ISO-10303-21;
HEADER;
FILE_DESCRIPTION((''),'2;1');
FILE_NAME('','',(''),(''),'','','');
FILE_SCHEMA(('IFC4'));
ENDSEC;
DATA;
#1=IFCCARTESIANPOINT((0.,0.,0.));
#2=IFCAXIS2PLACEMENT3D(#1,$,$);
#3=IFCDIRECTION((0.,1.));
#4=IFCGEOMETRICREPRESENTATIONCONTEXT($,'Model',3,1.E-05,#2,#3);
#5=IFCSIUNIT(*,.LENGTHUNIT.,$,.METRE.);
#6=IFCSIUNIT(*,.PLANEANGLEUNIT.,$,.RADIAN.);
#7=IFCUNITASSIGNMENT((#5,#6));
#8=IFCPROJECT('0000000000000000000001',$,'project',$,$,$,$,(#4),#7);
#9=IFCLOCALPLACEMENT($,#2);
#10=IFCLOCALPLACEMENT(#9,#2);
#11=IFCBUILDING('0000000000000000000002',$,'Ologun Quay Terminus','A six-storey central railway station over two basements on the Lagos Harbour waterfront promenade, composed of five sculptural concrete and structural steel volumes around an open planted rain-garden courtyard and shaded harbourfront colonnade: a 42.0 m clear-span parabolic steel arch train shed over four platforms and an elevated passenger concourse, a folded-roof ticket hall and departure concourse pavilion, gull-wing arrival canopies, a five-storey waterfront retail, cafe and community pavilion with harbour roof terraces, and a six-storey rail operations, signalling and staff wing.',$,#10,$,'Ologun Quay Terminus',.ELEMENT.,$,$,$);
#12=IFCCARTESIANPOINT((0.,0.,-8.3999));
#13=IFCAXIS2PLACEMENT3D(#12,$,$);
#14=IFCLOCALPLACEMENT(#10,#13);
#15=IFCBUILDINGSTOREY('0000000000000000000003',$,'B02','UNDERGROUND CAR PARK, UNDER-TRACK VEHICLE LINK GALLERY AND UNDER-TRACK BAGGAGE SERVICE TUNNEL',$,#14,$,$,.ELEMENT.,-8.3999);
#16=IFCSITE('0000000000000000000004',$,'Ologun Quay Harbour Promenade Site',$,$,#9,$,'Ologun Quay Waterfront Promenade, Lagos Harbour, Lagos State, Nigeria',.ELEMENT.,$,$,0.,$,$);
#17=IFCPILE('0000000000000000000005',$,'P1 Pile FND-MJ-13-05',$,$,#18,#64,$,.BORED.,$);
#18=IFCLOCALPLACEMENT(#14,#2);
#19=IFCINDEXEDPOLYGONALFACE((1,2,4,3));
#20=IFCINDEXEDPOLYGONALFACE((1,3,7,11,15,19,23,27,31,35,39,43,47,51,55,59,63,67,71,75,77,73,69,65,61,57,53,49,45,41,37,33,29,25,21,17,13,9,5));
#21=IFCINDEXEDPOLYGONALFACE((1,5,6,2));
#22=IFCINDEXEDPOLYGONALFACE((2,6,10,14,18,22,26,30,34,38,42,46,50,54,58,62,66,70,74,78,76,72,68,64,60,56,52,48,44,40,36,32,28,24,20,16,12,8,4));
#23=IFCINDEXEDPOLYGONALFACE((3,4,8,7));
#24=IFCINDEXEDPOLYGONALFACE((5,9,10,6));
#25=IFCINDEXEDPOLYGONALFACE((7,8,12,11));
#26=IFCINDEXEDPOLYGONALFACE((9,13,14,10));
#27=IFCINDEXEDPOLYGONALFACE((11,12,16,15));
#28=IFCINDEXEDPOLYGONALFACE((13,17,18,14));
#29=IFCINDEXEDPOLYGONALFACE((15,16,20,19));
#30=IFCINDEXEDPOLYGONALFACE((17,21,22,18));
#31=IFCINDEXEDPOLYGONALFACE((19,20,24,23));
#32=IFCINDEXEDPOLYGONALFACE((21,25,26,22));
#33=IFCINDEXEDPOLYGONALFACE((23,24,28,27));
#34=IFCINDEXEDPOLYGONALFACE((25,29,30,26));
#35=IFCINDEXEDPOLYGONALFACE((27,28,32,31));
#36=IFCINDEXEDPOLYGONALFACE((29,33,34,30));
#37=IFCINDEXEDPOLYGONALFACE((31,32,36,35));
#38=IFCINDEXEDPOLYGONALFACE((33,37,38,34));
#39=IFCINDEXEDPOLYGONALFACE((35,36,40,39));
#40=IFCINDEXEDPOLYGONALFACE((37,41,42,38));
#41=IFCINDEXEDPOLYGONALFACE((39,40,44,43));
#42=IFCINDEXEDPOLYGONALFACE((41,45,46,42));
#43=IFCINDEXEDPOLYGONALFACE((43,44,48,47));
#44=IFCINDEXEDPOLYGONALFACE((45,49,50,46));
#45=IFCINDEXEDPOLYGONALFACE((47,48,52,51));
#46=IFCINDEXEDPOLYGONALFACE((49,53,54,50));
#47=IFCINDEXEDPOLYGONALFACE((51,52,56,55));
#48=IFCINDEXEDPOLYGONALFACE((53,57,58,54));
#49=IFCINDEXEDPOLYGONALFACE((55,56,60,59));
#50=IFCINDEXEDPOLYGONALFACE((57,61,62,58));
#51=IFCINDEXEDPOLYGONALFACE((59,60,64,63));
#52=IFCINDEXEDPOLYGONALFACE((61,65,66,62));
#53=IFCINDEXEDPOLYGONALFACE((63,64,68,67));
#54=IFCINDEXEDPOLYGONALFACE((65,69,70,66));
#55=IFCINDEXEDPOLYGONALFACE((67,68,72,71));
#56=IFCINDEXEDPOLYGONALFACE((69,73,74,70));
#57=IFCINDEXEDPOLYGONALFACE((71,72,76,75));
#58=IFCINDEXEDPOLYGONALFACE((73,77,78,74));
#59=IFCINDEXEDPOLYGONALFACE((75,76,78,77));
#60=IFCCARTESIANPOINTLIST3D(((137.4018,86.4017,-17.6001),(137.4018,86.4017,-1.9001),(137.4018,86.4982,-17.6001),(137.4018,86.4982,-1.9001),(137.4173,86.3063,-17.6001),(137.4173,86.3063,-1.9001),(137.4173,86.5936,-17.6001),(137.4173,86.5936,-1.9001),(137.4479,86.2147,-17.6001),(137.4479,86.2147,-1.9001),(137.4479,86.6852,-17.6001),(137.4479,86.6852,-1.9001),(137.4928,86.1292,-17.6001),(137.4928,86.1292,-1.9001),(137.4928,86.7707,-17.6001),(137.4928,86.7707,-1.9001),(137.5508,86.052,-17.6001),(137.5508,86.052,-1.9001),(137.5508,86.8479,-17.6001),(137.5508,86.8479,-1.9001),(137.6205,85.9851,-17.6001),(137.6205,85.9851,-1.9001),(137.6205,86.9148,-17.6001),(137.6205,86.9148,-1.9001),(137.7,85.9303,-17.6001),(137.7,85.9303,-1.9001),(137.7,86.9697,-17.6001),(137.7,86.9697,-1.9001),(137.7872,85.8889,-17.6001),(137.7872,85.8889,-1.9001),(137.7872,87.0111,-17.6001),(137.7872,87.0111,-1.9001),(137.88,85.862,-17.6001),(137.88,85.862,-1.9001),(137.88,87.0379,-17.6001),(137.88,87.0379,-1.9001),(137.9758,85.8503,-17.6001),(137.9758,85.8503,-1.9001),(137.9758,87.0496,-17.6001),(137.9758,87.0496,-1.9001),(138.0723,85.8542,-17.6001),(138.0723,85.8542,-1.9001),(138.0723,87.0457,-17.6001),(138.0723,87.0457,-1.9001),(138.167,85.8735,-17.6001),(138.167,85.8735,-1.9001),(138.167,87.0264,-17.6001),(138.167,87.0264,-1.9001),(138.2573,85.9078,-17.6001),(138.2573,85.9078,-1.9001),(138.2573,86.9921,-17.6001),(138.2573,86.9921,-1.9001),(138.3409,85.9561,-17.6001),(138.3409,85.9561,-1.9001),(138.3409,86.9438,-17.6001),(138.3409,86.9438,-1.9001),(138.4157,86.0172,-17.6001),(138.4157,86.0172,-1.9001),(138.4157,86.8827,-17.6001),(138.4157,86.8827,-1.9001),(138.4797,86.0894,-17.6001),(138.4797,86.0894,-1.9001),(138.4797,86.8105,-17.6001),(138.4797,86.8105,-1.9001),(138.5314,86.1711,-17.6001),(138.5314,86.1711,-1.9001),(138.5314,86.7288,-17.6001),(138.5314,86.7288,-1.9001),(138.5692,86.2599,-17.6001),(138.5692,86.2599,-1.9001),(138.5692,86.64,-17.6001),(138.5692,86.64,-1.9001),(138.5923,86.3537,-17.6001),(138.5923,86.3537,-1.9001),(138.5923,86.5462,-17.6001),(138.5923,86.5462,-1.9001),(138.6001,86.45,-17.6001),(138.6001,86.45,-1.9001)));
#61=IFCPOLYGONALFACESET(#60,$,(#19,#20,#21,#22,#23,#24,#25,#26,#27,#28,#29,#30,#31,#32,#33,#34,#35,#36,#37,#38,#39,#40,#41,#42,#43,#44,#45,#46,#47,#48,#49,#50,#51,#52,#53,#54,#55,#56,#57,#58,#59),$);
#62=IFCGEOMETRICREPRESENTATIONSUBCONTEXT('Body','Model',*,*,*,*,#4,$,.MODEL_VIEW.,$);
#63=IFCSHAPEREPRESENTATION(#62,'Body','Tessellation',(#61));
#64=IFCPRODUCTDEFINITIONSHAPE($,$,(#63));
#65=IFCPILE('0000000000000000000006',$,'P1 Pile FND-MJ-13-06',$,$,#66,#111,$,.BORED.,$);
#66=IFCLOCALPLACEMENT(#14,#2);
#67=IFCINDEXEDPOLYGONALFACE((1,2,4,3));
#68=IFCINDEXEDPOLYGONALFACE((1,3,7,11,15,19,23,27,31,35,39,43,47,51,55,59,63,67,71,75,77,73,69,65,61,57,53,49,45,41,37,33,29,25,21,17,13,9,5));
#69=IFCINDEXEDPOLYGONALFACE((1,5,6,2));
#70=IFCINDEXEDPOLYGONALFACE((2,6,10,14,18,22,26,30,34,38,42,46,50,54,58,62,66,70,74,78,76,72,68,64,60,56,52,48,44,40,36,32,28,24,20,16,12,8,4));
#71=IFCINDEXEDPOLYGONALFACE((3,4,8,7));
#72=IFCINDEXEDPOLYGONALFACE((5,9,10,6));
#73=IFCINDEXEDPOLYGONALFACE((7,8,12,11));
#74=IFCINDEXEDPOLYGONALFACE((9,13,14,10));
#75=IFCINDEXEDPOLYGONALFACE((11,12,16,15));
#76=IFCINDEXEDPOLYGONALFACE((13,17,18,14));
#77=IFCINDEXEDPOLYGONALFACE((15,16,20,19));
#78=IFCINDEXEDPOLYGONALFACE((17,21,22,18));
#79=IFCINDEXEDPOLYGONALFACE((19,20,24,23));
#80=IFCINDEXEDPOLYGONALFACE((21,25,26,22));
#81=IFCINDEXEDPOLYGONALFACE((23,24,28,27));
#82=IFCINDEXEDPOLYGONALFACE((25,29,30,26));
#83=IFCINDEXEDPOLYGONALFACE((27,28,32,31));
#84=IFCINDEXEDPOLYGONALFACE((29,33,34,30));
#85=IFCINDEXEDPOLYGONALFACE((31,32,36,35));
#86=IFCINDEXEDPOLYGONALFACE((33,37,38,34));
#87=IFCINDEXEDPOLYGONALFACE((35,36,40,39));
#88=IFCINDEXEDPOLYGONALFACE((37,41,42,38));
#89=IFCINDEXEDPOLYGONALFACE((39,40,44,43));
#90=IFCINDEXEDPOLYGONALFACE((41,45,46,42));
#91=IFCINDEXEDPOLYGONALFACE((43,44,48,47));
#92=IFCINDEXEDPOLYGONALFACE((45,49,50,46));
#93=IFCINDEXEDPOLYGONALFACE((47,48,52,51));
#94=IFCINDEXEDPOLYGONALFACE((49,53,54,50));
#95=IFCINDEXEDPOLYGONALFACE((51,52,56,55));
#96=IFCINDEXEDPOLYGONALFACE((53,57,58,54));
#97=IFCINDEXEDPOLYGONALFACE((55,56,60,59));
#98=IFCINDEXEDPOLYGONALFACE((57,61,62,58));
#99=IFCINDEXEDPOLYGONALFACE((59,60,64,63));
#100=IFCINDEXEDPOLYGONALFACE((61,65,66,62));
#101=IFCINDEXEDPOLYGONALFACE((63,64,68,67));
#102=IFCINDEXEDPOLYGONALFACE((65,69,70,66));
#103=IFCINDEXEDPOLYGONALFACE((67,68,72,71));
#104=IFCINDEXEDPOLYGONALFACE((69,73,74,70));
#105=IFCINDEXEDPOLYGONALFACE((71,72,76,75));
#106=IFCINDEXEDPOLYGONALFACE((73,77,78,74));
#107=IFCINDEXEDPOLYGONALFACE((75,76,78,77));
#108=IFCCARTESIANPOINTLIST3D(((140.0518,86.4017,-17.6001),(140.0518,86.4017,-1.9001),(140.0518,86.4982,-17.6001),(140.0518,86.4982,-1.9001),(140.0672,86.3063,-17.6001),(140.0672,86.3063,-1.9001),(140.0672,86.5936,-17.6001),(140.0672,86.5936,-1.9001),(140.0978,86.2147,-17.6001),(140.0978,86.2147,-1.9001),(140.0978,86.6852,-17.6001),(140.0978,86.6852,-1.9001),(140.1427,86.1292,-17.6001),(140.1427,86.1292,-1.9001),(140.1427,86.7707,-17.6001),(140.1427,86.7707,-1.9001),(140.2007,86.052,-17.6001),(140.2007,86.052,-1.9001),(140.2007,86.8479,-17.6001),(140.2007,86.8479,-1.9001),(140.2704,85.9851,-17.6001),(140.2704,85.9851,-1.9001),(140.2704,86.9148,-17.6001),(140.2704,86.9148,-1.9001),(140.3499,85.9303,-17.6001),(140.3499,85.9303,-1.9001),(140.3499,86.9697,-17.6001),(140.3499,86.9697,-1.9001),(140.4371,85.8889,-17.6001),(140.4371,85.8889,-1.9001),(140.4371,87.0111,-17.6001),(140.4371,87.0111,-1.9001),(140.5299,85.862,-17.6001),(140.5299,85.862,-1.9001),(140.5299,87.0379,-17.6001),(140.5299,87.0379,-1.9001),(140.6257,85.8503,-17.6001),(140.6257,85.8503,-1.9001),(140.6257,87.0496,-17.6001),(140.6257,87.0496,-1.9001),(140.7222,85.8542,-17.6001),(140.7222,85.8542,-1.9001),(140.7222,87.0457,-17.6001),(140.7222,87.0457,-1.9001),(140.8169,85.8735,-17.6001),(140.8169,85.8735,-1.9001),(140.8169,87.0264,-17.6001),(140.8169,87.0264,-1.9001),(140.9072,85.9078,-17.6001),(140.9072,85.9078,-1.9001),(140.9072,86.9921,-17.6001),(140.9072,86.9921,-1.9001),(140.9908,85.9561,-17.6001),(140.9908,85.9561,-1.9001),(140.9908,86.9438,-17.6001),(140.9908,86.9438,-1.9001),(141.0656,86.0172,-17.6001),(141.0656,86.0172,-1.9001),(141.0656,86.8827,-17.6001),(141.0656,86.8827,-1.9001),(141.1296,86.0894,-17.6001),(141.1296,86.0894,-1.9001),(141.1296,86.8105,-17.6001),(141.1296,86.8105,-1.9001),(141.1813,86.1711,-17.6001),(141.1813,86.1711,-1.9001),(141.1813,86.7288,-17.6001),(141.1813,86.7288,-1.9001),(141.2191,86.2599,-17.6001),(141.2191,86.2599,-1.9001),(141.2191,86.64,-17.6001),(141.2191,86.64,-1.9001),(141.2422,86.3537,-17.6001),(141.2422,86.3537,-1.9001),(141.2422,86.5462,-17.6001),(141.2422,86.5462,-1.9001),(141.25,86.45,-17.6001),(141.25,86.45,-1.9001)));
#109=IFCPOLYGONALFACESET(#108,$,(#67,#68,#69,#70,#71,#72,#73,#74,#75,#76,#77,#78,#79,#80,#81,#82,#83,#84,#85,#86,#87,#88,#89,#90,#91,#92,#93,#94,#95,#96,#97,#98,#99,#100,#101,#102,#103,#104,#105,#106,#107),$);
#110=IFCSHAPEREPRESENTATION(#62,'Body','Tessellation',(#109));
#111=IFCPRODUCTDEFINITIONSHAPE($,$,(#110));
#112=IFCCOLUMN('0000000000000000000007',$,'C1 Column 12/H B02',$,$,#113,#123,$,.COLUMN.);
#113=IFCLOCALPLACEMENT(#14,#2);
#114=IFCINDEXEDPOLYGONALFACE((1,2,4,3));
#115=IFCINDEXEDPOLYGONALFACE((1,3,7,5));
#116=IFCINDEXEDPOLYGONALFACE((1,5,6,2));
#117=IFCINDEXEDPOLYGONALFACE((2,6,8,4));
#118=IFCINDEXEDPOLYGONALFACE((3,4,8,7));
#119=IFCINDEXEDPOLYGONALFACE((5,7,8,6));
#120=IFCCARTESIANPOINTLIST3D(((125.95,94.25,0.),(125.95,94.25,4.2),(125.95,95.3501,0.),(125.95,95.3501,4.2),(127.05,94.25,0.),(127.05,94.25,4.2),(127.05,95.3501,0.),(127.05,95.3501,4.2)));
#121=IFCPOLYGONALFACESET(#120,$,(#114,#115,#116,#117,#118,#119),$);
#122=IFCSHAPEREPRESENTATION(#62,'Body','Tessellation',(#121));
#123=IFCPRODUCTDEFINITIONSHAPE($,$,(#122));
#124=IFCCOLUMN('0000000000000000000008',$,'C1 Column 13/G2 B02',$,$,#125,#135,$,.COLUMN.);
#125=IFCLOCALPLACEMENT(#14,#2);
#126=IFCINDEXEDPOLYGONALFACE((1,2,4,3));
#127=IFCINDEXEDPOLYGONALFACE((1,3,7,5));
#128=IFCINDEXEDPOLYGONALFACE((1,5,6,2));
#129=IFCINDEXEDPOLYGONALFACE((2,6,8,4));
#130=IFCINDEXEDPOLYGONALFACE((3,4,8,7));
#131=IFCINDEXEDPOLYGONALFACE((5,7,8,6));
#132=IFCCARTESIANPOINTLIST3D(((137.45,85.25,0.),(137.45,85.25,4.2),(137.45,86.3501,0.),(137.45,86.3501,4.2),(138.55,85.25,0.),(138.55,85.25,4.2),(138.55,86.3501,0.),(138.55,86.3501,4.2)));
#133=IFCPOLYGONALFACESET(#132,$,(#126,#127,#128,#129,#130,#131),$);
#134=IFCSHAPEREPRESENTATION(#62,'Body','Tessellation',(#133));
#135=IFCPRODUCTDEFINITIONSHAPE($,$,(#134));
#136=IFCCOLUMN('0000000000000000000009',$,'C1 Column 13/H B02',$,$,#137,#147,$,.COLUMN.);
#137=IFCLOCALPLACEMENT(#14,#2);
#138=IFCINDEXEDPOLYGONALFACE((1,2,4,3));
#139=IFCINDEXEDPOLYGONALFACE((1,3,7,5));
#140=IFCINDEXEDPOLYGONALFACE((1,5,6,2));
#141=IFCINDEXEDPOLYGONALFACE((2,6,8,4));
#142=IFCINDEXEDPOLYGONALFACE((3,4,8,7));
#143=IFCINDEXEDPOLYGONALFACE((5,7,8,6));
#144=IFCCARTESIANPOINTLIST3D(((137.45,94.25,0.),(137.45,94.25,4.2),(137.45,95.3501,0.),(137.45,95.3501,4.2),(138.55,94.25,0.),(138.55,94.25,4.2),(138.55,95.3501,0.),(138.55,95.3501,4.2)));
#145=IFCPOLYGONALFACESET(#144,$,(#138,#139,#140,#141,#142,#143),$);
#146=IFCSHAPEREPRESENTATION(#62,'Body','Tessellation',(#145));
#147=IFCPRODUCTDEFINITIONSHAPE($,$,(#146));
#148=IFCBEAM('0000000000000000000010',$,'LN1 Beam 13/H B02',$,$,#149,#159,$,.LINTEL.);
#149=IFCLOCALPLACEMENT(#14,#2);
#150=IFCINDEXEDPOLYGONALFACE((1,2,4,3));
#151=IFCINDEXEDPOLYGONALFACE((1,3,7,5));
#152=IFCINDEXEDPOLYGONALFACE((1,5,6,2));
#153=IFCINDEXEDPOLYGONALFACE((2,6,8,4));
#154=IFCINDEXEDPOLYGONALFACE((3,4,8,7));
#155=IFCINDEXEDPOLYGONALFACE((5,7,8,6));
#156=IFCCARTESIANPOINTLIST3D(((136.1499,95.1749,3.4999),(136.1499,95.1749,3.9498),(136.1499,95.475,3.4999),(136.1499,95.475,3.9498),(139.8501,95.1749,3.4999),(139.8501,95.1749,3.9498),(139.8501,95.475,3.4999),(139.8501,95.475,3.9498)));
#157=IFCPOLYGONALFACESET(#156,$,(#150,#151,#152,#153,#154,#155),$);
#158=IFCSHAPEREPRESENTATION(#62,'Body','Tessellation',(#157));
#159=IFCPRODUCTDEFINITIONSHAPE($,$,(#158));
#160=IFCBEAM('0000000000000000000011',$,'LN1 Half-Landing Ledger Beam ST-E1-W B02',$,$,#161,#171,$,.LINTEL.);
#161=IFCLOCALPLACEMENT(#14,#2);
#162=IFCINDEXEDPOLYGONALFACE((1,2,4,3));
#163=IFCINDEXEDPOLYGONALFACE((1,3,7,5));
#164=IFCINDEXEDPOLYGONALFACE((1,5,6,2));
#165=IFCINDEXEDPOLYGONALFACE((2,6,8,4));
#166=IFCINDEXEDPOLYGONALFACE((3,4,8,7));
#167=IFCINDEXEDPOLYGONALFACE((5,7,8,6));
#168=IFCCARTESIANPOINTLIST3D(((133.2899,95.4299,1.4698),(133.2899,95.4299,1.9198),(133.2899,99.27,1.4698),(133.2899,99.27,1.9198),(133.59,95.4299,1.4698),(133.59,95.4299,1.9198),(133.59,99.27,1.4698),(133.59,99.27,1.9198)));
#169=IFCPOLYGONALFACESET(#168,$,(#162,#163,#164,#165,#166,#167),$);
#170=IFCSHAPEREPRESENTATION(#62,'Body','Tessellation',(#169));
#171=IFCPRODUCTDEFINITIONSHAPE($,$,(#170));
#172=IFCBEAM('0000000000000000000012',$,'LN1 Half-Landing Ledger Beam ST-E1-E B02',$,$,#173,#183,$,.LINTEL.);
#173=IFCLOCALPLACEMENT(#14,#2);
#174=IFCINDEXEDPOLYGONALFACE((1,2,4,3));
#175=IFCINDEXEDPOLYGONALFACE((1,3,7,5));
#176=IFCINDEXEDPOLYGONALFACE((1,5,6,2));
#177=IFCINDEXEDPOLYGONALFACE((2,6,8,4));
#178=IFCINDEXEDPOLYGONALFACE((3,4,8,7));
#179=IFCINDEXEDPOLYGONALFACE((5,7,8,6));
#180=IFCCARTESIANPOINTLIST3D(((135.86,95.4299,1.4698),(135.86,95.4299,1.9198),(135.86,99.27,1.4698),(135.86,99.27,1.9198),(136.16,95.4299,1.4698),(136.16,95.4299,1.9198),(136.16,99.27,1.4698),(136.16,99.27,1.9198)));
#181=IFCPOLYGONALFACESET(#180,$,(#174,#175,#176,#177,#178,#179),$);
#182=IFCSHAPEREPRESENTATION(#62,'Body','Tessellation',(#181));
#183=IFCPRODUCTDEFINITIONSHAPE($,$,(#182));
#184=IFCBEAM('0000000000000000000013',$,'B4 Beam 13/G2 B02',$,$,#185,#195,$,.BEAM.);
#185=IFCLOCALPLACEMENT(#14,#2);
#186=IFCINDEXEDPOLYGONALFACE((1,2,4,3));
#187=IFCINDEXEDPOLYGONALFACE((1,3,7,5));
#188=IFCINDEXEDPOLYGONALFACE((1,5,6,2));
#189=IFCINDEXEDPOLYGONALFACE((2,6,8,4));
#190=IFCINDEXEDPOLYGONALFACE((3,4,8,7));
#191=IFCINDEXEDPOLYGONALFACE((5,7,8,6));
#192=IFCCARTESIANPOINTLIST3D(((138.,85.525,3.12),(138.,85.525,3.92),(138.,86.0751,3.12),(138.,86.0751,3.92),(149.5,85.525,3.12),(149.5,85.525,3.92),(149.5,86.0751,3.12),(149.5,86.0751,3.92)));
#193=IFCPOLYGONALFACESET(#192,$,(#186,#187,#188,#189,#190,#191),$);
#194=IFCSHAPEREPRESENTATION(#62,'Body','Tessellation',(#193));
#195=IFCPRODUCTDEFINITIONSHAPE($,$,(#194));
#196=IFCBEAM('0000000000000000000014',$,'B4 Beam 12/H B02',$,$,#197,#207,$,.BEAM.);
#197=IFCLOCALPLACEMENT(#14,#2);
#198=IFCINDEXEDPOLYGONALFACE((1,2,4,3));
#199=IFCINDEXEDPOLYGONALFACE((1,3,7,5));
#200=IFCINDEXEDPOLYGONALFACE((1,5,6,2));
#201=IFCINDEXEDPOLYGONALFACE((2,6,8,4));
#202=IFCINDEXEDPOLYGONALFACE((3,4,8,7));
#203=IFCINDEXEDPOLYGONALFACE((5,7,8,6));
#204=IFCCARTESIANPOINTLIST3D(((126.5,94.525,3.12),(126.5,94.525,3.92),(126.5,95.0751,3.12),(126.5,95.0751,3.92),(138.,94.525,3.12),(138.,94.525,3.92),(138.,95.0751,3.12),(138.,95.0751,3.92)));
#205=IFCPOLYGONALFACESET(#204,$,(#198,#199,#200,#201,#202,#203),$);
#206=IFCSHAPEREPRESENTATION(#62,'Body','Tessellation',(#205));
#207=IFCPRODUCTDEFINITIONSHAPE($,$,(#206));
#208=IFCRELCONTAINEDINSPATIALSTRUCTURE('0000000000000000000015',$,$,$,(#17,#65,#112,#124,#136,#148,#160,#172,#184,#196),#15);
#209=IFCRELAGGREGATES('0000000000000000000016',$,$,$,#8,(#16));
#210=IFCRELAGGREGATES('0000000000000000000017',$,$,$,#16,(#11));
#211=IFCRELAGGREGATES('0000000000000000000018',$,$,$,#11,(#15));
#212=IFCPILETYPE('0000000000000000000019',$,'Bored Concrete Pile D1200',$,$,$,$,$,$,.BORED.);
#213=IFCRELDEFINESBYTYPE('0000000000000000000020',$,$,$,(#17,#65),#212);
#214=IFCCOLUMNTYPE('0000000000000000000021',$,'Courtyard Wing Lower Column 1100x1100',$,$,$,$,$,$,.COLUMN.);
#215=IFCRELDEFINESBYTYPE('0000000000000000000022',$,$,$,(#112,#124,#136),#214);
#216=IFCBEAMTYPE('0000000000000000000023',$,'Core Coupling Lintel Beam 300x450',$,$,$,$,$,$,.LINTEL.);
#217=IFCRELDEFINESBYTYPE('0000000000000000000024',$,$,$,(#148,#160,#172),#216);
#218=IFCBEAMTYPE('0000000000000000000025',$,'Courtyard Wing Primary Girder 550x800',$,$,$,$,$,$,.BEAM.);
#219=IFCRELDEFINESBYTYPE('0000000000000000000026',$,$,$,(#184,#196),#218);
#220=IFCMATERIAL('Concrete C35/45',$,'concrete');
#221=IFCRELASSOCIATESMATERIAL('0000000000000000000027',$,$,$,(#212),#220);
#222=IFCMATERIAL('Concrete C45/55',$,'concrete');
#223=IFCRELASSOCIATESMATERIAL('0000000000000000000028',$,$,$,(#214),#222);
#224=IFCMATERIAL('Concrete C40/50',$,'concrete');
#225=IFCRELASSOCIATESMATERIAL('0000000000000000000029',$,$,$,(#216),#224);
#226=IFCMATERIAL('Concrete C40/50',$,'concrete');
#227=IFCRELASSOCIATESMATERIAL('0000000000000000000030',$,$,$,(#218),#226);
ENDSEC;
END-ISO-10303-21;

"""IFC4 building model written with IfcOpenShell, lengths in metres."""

from ifc_helpers import new_model, si_unit, direction, frame, origin, origin_2d, place, context, subcontext, project, spatial, rectangle, circle, extrude, material, material_profile, profile_set, type_object, element, save


model = new_model("IFC4")

# Units and contexts
model_context = context("Model", 3, precision=1e-05, world=origin(), true_north=direction((0.0, 1.0)))
body_context = subcontext(model_context, "Body", "Model", "MODEL_VIEW")
ifc_project = project(units=[si_unit("LENGTHUNIT", "METRE"), si_unit("PLANEANGLEUNIT", "RADIAN")], contexts=[model_context])

# Site, building, storey
site_placement = place(None, origin())
site = spatial("IfcSite", under=ifc_project, at=site_placement, Name="Ologun Quay Harbour Promenade Site", LongName="Ologun Quay Waterfront Promenade, Lagos Harbour, Lagos State, Nigeria", CompositionType="ELEMENT", RefElevation=0.0)
building_placement = place(site_placement, origin())
building = spatial("IfcBuilding", under=site, at=building_placement, Name="Ologun Quay Terminus", Description="A six-storey central railway station over two basements on the Lagos Harbour waterfront promenade, composed of five sculptural concrete and structural steel volumes around an open planted rain-garden courtyard and shaded harbourfront colonnade: a 42.0 m clear-span parabolic steel arch train shed over four platforms and an elevated passenger concourse, a folded-roof ticket hall and departure concourse pavilion, gull-wing arrival canopies, a five-storey waterfront retail, cafe and community pavilion with harbour roof terraces, and a six-storey rail operations, signalling and staff wing.", LongName="Ologun Quay Terminus", CompositionType="ELEMENT")
storey_placement = place(building_placement, frame((0.0, 0.0, -8.3999)))
storey = spatial("IfcBuildingStorey", under=building, at=storey_placement, Name="B02", Description="UNDERGROUND CAR PARK, UNDER-TRACK VEHICLE LINK GALLERY AND UNDER-TRACK BAGGAGE SERVICE TUNNEL", CompositionType="ELEMENT", Elevation=-8.3999)

# Piles
ifc_material_1 = material(Name="Concrete C35/45", Category="concrete")
ifc_material_profile_1 = material_profile(ifc_material_1, circle(Radius=0.6001, at=origin_2d()), Name="PILE D1200")
ifc_profile_set_1 = profile_set([ifc_material_profile_1], Name="Concrete C35/45")
pile_type = type_object("IfcPileType", Name="Bored Concrete Pile D1200", PredefinedType="BORED", material=ifc_profile_set_1)
for number, where, z_axis, x_axis, name in (
    (1, (138.0, 86.45, -1.9001), (0.0, 0.0, -1.0), (1.0, 0.0, 0.0), "P1 Pile FND-MJ-13-05"),
    (2, (140.6499, 86.45, -1.9001), (0.0, 0.0, -1.0), (1.0, 0.0, 0.0), "P1 Pile FND-MJ-13-06"),
):
    element("IfcPile", number, at=place(storey_placement, frame(where, z_axis=z_axis, x_axis=x_axis)), inside=storey, type_object=pile_type, Name=name, PredefinedType="BORED", context=body_context, shape_type="SweptSolid", body=[
        extrude(circle(Radius=0.6001, at=origin_2d()), origin(), (0.0, 0.0, 1.0), 15.7),
    ])

# Columns
ifc_material_2 = material(Name="Concrete C45/55", Category="concrete")
ifc_material_profile_2 = material_profile(ifc_material_2, rectangle(XDim=1.1001, YDim=1.1001, at=origin_2d()), Name="RC 1100x1100")
ifc_profile_set_2 = profile_set([ifc_material_profile_2], Name="Concrete C45/55")
column_type = type_object("IfcColumnType", Name="Courtyard Wing Lower Column 1100x1100", PredefinedType="COLUMN", material=ifc_profile_set_2)
for number, where, z_axis, x_axis, name in (
    (3, (126.5, 94.8, 0.0), (0.0, 0.0, 1.0), (1.0, 0.0, 0.0), "C1 Column 12/H B02"),
    (4, (138.0, 85.8, 0.0), (0.0, 0.0, 1.0), (1.0, 0.0, 0.0), "C1 Column 13/G2 B02"),
    (5, (138.0, 94.8, 0.0), (0.0, 0.0, 1.0), (1.0, 0.0, 0.0), "C1 Column 13/H B02"),
):
    element("IfcColumn", number, at=place(storey_placement, frame(where, z_axis=z_axis, x_axis=x_axis)), inside=storey, type_object=column_type, Name=name, PredefinedType="COLUMN", context=body_context, shape_type="SweptSolid", body=[
        extrude(rectangle(XDim=1.1001, YDim=1.1001, at=origin_2d()), origin(), (0.0, 0.0, 1.0), 4.2),
    ])

# Beams
ifc_material_3 = material(Name="Concrete C40/50", Category="concrete")
ifc_material_profile_3 = material_profile(ifc_material_3, rectangle(XDim=0.3, YDim=0.45, at=origin_2d()), Name="RC 300x450")
ifc_profile_set_3 = profile_set([ifc_material_profile_3], Name="Concrete C40/50")
beam_type_1 = type_object("IfcBeamType", Name="Core Coupling Lintel Beam 300x450", PredefinedType="LINTEL", material=ifc_profile_set_3)
beam_1_placement = place(storey_placement, frame((136.1499, 95.325, 3.7249), z_axis=(1.0, 0.0, 0.0), x_axis=(0.0, 1.0, 0.0)))
element("IfcBeam", 6, at=beam_1_placement, inside=storey, type_object=beam_type_1, Name="LN1 Beam 13/H B02", PredefinedType="LINTEL", context=body_context, shape_type="SweptSolid", body=[
    extrude(rectangle(XDim=0.3, YDim=0.45, at=origin_2d()), origin(), (0.0, 0.0, 1.0), 3.7002),
])
for number, where, z_axis, x_axis, name in (
    (7, (133.4399, 95.4299, 1.6948), (0.0, 1.0, 0.0), (-1.0, 0.0, 0.0), "LN1 Half-Landing Ledger Beam ST-E1-W B02"),
    (8, (136.01, 95.4299, 1.6948), (0.0, 1.0, 0.0), (-1.0, 0.0, 0.0), "LN1 Half-Landing Ledger Beam ST-E1-E B02"),
):
    element("IfcBeam", number, at=place(storey_placement, frame(where, z_axis=z_axis, x_axis=x_axis)), inside=storey, type_object=beam_type_1, Name=name, PredefinedType="LINTEL", context=body_context, shape_type="SweptSolid", body=[
        extrude(rectangle(XDim=0.3, YDim=0.45, at=origin_2d()), origin(), (0.0, 0.0, 1.0), 3.8401),
    ])
ifc_material_4 = material(Name="Concrete C40/50", Category="concrete")
ifc_material_profile_4 = material_profile(ifc_material_4, rectangle(XDim=0.55, YDim=0.8, at=origin_2d()), Name="RC 550x800")
ifc_profile_set_4 = profile_set([ifc_material_profile_4], Name="Concrete C40/50")
beam_type_2 = type_object("IfcBeamType", Name="Courtyard Wing Primary Girder 550x800", PredefinedType="BEAM", material=ifc_profile_set_4)
for number, where, z_axis, x_axis, name in (
    (9, (138.0, 85.8, 3.52), (1.0, 0.0, 0.0), (0.0, 1.0, 0.0), "B4 Beam 13/G2 B02"),
    (10, (126.5, 94.8, 3.52), (1.0, 0.0, 0.0), (0.0, 1.0, 0.0), "B4 Beam 12/H B02"),
):
    element("IfcBeam", number, at=place(storey_placement, frame(where, z_axis=z_axis, x_axis=x_axis)), inside=storey, type_object=beam_type_2, Name=name, PredefinedType="BEAM", context=body_context, shape_type="SweptSolid", body=[
        extrude(rectangle(XDim=0.55, YDim=0.8, at=origin_2d()), origin(), (0.0, 0.0, 1.0), 11.5),
    ])

save(model, "model.ifc")
